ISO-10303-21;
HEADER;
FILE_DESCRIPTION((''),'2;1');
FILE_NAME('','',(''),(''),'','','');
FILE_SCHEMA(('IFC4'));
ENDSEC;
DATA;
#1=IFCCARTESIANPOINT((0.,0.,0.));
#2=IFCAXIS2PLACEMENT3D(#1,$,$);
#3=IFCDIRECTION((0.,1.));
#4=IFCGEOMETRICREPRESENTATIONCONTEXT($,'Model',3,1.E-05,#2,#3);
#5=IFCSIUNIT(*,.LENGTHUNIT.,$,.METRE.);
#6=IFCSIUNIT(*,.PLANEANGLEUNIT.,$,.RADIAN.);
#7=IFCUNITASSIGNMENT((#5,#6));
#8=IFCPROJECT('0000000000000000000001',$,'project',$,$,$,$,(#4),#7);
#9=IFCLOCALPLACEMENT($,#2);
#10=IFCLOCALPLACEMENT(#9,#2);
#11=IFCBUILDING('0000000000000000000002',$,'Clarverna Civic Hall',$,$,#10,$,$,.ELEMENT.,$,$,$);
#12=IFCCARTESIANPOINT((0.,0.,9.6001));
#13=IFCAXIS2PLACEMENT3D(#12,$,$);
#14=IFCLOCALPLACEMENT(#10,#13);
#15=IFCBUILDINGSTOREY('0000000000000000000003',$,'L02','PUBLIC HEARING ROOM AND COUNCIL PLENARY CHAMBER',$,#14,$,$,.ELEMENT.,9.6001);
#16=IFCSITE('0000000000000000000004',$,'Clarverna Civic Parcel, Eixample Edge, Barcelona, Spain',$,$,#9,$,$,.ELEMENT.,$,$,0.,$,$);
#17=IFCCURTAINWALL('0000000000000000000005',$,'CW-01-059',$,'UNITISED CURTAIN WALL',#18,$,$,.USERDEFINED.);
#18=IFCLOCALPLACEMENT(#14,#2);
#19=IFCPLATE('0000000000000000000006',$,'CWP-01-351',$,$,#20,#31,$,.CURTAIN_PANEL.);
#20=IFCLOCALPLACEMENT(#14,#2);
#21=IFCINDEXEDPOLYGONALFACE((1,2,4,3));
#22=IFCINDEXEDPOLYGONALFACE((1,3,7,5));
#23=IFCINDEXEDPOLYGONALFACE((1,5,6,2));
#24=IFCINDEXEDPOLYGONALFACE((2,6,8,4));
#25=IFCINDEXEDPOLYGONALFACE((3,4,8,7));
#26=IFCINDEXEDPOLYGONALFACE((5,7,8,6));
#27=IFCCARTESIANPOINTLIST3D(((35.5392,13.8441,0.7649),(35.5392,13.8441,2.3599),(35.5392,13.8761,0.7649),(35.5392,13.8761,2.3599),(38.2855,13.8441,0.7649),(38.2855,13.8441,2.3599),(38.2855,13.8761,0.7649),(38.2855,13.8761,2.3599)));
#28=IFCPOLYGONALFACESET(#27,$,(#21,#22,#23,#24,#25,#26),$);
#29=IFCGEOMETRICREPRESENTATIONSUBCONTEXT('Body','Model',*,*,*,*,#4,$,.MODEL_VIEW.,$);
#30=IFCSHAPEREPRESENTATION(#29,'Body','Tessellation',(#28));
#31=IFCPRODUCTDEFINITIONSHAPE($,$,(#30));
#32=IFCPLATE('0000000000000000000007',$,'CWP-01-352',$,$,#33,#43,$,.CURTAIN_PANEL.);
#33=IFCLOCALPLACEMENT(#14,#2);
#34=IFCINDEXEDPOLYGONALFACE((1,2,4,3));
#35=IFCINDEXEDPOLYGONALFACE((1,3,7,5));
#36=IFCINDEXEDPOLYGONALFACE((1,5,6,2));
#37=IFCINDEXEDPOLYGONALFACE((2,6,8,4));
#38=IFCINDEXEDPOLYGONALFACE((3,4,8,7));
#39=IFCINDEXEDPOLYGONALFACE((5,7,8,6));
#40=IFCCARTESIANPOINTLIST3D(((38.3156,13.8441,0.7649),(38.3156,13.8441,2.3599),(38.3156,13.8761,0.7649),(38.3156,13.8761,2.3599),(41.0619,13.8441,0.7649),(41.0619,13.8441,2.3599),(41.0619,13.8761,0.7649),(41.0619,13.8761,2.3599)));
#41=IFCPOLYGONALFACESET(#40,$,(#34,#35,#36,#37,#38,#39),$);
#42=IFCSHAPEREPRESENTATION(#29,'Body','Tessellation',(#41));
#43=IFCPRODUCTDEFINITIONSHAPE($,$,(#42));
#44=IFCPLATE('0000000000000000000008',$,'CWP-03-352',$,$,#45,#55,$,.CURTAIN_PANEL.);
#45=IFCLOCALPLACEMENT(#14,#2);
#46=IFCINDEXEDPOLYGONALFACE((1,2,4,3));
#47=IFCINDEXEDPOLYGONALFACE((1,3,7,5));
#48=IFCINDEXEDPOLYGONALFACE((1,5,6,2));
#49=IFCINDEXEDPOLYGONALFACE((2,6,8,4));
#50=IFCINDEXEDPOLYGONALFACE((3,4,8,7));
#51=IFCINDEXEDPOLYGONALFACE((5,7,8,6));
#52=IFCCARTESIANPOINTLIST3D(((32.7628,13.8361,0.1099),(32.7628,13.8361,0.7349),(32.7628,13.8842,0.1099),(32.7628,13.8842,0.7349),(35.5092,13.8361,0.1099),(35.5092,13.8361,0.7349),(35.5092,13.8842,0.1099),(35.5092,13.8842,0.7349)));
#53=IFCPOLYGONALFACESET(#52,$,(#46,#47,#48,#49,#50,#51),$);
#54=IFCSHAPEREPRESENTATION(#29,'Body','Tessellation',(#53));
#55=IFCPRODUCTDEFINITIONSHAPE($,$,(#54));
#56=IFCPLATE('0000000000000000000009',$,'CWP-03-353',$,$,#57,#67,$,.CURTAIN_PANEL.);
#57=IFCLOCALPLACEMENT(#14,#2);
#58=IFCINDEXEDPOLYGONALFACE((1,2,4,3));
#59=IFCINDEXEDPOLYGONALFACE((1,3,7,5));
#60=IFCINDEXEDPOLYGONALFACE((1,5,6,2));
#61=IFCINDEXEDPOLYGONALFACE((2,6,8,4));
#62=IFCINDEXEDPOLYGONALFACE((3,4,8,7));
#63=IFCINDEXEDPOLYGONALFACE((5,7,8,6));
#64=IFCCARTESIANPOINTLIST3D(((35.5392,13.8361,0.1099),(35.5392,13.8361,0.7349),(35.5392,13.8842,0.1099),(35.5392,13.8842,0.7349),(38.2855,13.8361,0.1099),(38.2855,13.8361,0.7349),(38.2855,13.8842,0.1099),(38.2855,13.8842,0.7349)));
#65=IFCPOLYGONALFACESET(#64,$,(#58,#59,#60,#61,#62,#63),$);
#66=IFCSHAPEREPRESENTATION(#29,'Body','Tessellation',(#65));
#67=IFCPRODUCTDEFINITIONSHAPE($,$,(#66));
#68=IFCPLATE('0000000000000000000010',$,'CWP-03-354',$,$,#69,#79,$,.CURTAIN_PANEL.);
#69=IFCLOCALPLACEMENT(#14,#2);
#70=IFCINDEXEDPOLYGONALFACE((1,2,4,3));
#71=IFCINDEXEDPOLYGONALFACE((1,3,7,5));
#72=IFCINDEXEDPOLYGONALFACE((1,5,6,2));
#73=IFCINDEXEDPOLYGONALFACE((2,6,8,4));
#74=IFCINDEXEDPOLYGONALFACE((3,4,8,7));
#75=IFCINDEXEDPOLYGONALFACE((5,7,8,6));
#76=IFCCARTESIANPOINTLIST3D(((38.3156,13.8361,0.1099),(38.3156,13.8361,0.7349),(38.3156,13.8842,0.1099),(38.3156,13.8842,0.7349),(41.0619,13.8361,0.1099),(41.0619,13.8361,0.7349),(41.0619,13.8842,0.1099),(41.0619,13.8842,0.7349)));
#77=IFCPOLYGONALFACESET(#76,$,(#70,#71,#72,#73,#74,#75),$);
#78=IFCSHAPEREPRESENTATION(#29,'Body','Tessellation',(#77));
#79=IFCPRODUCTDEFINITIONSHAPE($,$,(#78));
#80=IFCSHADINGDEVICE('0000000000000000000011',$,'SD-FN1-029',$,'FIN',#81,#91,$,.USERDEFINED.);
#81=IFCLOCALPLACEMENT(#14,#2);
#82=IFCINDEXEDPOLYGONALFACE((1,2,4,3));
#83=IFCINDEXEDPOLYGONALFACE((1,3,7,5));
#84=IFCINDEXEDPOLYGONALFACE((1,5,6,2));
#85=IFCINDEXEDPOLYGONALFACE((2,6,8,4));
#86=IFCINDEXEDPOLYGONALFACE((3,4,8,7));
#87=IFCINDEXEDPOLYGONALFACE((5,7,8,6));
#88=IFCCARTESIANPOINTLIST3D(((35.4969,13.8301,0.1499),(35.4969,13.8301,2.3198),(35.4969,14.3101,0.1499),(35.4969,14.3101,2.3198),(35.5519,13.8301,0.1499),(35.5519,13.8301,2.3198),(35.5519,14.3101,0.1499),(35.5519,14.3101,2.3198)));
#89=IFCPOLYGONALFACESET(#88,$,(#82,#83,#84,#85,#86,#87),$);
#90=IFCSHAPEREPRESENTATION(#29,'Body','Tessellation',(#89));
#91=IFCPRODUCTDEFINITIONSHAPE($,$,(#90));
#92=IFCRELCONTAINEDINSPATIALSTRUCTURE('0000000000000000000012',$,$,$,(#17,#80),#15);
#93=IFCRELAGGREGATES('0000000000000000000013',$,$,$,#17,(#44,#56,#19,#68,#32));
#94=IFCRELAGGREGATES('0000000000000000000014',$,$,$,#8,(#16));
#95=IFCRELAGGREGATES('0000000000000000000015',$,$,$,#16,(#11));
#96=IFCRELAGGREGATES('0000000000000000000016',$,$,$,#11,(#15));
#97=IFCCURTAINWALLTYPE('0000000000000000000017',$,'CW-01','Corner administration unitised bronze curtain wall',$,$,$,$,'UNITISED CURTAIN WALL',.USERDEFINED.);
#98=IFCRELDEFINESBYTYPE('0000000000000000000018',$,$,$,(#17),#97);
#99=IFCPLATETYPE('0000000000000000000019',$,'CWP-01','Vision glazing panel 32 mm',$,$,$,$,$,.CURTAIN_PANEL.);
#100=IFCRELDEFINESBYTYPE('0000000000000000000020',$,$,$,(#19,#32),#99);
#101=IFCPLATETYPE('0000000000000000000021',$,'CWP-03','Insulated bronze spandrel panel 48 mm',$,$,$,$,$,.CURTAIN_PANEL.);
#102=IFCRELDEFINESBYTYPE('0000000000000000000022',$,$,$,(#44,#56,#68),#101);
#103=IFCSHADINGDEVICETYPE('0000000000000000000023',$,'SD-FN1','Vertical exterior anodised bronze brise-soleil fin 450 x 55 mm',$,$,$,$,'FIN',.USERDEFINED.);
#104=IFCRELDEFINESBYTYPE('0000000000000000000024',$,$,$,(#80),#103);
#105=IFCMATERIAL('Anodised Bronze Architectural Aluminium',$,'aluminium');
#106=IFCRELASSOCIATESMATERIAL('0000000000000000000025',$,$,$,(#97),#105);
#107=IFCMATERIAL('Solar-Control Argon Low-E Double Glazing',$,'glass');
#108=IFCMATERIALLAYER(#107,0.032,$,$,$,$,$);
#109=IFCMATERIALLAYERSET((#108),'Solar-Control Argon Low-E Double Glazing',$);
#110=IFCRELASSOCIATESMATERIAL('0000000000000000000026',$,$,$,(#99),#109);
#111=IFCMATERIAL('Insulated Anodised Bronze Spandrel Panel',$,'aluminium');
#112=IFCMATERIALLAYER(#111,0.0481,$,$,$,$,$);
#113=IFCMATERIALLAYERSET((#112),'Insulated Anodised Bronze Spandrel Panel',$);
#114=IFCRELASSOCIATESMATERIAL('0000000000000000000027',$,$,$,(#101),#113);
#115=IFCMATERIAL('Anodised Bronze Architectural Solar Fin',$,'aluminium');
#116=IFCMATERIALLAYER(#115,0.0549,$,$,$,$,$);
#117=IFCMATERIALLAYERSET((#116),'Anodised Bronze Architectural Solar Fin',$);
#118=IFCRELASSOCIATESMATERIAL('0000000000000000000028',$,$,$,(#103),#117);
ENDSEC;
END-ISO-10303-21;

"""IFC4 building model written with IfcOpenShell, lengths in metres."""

from ifc_helpers import new_model, si_unit, direction, frame, frame_2d, origin, place, context, subcontext, project, spatial, rectangle, extrude, material, layer, layer_set, type_object, element, aggregate, save


model = new_model("IFC4")

# Units and contexts
model_context = context("Model", 3, precision=1e-05, world=origin(), true_north=direction((0.0, 1.0)))
body_context = subcontext(model_context, "Body", "Model", "MODEL_VIEW")
ifc_project = project(units=[si_unit("LENGTHUNIT", "METRE"), si_unit("PLANEANGLEUNIT", "RADIAN")], contexts=[model_context])

# Site, building, storey
site_placement = place(None, origin())
site = spatial("IfcSite", under=ifc_project, at=site_placement, Name="Clarverna Civic Parcel, Eixample Edge, Barcelona, Spain", CompositionType="ELEMENT", RefElevation=0.0)
building_placement = place(site_placement, origin())
building = spatial("IfcBuilding", under=site, at=building_placement, Name="Clarverna Civic Hall", CompositionType="ELEMENT")
storey_placement = place(building_placement, frame((0.0, 0.0, 9.6001)))
storey = spatial("IfcBuildingStorey", under=building, at=storey_placement, Name="L02", Description="PUBLIC HEARING ROOM AND COUNCIL PLENARY CHAMBER", CompositionType="ELEMENT", Elevation=9.6001)

# Curtain wall, plates
ifc_material_1 = material(Name="Anodised Bronze Architectural Aluminium", Category="aluminium")
curtain_wall_type = type_object("IfcCurtainWallType", Name="CW-01", Description="Corner administration unitised bronze curtain wall", ElementType="UNITISED CURTAIN WALL", PredefinedType="USERDEFINED", material=ifc_material_1)
curtain_wall_placement = place(storey_placement, origin())
curtain_wall = element("IfcCurtainWall", 1, at=curtain_wall_placement, inside=storey, type_object=curtain_wall_type, Name="CW-01-059", ObjectType="UNITISED CURTAIN WALL", PredefinedType="USERDEFINED")
ifc_material_2 = material(Name="Solar-Control Argon Low-E Double Glazing", Category="glass")
ifc_layer_1 = layer(ifc_material_2, 0.032)
ifc_layer_set_1 = layer_set([ifc_layer_1], Name="Solar-Control Argon Low-E Double Glazing")
plate_type_1 = type_object("IfcPlateType", Name="CWP-01", Description="Vision glazing panel 32 mm", PredefinedType="CURTAIN_PANEL", material=ifc_layer_set_1)
plate_1_placement = place(storey_placement, frame((35.5393, 13.8601, 0.7649), z_axis=(0.0, 0.0, 1.0), x_axis=(1.0, 0.0, 0.0)))
plate_1 = element("IfcPlate", 2, at=plate_1_placement, type_object=plate_type_1, Name="CWP-01-351", PredefinedType="CURTAIN_PANEL", context=body_context, shape_type="SweptSolid", body=[
    extrude(rectangle(XDim=2.7463, YDim=0.032, at=frame_2d((1.373, 0.0))), origin(), (0.0, 0.0, 1.0), 1.595),
])
plate_2_placement = place(storey_placement, frame((38.3157, 13.8601, 0.7649), z_axis=(0.0, 0.0, 1.0), x_axis=(1.0, 0.0, 0.0)))
plate_2 = element("IfcPlate", 3, at=plate_2_placement, type_object=plate_type_1, Name="CWP-01-352", PredefinedType="CURTAIN_PANEL", context=body_context, shape_type="SweptSolid", body=[
    extrude(rectangle(XDim=2.7463, YDim=0.032, at=frame_2d((1.373, 0.0))), origin(), (0.0, 0.0, 1.0), 1.595),
])
ifc_material_3 = material(Name="Insulated Anodised Bronze Spandrel Panel", Category="aluminium")
ifc_layer_2 = layer(ifc_material_3, 0.0481)
ifc_layer_set_2 = layer_set([ifc_layer_2], Name="Insulated Anodised Bronze Spandrel Panel")
plate_type_2 = type_object("IfcPlateType", Name="CWP-03", Description="Insulated bronze spandrel panel 48 mm", PredefinedType="CURTAIN_PANEL", material=ifc_layer_set_2)
plate_3_placement = place(storey_placement, frame((32.7629, 13.8601, 0.1099), z_axis=(0.0, 0.0, 1.0), x_axis=(1.0, 0.0, 0.0)))
plate_3 = element("IfcPlate", 4, at=plate_3_placement, type_object=plate_type_2, Name="CWP-03-352", PredefinedType="CURTAIN_PANEL", context=body_context, shape_type="SweptSolid", body=[
    extrude(rectangle(XDim=2.7463, YDim=0.0481, at=frame_2d((1.373, 0.0))), origin(), (0.0, 0.0, 1.0), 0.625),
])
plate_4_placement = place(storey_placement, frame((35.5393, 13.8601, 0.1099), z_axis=(0.0, 0.0, 1.0), x_axis=(1.0, 0.0, 0.0)))
plate_4 = element("IfcPlate", 5, at=plate_4_placement, type_object=plate_type_2, Name="CWP-03-353", PredefinedType="CURTAIN_PANEL", context=body_context, shape_type="SweptSolid", body=[
    extrude(rectangle(XDim=2.7463, YDim=0.0481, at=frame_2d((1.373, 0.0))), origin(), (0.0, 0.0, 1.0), 0.625),
])
plate_5_placement = place(storey_placement, frame((38.3157, 13.8601, 0.1099), z_axis=(0.0, 0.0, 1.0), x_axis=(1.0, 0.0, 0.0)))
plate_5 = element("IfcPlate", 6, at=plate_5_placement, type_object=plate_type_2, Name="CWP-03-354", PredefinedType="CURTAIN_PANEL", context=body_context, shape_type="SweptSolid", body=[
    extrude(rectangle(XDim=2.7463, YDim=0.0481, at=frame_2d((1.373, 0.0))), origin(), (0.0, 0.0, 1.0), 0.625),
])
aggregate(curtain_wall, [plate_3, plate_4, plate_1, plate_5, plate_2])

# Shading device
ifc_material_4 = material(Name="Anodised Bronze Architectural Solar Fin", Category="aluminium")
ifc_layer_3 = layer(ifc_material_4, 0.0549)
ifc_layer_set_3 = layer_set([ifc_layer_3], Name="Anodised Bronze Architectural Solar Fin")
shading_device_type = type_object("IfcShadingDeviceType", Name="SD-FN1", Description="Vertical exterior anodised bronze brise-soleil fin 450 x 55 mm", ElementType="FIN", PredefinedType="USERDEFINED", material=ifc_layer_set_3)
shading_device_placement = place(storey_placement, frame((35.5244, 13.8301, 0.1499), z_axis=(0.0, 0.0, 1.0), x_axis=(0.0, 1.0, 0.0)))
element("IfcShadingDevice", 7, at=shading_device_placement, inside=storey, type_object=shading_device_type, Name="SD-FN1-029", ObjectType="FIN", PredefinedType="USERDEFINED", context=body_context, shape_type="SweptSolid", body=[
    extrude(rectangle(XDim=0.48, YDim=0.0549, at=frame_2d((0.24, 0.0))), origin(), (0.0, 0.0, 1.0), 2.1699),
])

save(model, "model.ifc")
